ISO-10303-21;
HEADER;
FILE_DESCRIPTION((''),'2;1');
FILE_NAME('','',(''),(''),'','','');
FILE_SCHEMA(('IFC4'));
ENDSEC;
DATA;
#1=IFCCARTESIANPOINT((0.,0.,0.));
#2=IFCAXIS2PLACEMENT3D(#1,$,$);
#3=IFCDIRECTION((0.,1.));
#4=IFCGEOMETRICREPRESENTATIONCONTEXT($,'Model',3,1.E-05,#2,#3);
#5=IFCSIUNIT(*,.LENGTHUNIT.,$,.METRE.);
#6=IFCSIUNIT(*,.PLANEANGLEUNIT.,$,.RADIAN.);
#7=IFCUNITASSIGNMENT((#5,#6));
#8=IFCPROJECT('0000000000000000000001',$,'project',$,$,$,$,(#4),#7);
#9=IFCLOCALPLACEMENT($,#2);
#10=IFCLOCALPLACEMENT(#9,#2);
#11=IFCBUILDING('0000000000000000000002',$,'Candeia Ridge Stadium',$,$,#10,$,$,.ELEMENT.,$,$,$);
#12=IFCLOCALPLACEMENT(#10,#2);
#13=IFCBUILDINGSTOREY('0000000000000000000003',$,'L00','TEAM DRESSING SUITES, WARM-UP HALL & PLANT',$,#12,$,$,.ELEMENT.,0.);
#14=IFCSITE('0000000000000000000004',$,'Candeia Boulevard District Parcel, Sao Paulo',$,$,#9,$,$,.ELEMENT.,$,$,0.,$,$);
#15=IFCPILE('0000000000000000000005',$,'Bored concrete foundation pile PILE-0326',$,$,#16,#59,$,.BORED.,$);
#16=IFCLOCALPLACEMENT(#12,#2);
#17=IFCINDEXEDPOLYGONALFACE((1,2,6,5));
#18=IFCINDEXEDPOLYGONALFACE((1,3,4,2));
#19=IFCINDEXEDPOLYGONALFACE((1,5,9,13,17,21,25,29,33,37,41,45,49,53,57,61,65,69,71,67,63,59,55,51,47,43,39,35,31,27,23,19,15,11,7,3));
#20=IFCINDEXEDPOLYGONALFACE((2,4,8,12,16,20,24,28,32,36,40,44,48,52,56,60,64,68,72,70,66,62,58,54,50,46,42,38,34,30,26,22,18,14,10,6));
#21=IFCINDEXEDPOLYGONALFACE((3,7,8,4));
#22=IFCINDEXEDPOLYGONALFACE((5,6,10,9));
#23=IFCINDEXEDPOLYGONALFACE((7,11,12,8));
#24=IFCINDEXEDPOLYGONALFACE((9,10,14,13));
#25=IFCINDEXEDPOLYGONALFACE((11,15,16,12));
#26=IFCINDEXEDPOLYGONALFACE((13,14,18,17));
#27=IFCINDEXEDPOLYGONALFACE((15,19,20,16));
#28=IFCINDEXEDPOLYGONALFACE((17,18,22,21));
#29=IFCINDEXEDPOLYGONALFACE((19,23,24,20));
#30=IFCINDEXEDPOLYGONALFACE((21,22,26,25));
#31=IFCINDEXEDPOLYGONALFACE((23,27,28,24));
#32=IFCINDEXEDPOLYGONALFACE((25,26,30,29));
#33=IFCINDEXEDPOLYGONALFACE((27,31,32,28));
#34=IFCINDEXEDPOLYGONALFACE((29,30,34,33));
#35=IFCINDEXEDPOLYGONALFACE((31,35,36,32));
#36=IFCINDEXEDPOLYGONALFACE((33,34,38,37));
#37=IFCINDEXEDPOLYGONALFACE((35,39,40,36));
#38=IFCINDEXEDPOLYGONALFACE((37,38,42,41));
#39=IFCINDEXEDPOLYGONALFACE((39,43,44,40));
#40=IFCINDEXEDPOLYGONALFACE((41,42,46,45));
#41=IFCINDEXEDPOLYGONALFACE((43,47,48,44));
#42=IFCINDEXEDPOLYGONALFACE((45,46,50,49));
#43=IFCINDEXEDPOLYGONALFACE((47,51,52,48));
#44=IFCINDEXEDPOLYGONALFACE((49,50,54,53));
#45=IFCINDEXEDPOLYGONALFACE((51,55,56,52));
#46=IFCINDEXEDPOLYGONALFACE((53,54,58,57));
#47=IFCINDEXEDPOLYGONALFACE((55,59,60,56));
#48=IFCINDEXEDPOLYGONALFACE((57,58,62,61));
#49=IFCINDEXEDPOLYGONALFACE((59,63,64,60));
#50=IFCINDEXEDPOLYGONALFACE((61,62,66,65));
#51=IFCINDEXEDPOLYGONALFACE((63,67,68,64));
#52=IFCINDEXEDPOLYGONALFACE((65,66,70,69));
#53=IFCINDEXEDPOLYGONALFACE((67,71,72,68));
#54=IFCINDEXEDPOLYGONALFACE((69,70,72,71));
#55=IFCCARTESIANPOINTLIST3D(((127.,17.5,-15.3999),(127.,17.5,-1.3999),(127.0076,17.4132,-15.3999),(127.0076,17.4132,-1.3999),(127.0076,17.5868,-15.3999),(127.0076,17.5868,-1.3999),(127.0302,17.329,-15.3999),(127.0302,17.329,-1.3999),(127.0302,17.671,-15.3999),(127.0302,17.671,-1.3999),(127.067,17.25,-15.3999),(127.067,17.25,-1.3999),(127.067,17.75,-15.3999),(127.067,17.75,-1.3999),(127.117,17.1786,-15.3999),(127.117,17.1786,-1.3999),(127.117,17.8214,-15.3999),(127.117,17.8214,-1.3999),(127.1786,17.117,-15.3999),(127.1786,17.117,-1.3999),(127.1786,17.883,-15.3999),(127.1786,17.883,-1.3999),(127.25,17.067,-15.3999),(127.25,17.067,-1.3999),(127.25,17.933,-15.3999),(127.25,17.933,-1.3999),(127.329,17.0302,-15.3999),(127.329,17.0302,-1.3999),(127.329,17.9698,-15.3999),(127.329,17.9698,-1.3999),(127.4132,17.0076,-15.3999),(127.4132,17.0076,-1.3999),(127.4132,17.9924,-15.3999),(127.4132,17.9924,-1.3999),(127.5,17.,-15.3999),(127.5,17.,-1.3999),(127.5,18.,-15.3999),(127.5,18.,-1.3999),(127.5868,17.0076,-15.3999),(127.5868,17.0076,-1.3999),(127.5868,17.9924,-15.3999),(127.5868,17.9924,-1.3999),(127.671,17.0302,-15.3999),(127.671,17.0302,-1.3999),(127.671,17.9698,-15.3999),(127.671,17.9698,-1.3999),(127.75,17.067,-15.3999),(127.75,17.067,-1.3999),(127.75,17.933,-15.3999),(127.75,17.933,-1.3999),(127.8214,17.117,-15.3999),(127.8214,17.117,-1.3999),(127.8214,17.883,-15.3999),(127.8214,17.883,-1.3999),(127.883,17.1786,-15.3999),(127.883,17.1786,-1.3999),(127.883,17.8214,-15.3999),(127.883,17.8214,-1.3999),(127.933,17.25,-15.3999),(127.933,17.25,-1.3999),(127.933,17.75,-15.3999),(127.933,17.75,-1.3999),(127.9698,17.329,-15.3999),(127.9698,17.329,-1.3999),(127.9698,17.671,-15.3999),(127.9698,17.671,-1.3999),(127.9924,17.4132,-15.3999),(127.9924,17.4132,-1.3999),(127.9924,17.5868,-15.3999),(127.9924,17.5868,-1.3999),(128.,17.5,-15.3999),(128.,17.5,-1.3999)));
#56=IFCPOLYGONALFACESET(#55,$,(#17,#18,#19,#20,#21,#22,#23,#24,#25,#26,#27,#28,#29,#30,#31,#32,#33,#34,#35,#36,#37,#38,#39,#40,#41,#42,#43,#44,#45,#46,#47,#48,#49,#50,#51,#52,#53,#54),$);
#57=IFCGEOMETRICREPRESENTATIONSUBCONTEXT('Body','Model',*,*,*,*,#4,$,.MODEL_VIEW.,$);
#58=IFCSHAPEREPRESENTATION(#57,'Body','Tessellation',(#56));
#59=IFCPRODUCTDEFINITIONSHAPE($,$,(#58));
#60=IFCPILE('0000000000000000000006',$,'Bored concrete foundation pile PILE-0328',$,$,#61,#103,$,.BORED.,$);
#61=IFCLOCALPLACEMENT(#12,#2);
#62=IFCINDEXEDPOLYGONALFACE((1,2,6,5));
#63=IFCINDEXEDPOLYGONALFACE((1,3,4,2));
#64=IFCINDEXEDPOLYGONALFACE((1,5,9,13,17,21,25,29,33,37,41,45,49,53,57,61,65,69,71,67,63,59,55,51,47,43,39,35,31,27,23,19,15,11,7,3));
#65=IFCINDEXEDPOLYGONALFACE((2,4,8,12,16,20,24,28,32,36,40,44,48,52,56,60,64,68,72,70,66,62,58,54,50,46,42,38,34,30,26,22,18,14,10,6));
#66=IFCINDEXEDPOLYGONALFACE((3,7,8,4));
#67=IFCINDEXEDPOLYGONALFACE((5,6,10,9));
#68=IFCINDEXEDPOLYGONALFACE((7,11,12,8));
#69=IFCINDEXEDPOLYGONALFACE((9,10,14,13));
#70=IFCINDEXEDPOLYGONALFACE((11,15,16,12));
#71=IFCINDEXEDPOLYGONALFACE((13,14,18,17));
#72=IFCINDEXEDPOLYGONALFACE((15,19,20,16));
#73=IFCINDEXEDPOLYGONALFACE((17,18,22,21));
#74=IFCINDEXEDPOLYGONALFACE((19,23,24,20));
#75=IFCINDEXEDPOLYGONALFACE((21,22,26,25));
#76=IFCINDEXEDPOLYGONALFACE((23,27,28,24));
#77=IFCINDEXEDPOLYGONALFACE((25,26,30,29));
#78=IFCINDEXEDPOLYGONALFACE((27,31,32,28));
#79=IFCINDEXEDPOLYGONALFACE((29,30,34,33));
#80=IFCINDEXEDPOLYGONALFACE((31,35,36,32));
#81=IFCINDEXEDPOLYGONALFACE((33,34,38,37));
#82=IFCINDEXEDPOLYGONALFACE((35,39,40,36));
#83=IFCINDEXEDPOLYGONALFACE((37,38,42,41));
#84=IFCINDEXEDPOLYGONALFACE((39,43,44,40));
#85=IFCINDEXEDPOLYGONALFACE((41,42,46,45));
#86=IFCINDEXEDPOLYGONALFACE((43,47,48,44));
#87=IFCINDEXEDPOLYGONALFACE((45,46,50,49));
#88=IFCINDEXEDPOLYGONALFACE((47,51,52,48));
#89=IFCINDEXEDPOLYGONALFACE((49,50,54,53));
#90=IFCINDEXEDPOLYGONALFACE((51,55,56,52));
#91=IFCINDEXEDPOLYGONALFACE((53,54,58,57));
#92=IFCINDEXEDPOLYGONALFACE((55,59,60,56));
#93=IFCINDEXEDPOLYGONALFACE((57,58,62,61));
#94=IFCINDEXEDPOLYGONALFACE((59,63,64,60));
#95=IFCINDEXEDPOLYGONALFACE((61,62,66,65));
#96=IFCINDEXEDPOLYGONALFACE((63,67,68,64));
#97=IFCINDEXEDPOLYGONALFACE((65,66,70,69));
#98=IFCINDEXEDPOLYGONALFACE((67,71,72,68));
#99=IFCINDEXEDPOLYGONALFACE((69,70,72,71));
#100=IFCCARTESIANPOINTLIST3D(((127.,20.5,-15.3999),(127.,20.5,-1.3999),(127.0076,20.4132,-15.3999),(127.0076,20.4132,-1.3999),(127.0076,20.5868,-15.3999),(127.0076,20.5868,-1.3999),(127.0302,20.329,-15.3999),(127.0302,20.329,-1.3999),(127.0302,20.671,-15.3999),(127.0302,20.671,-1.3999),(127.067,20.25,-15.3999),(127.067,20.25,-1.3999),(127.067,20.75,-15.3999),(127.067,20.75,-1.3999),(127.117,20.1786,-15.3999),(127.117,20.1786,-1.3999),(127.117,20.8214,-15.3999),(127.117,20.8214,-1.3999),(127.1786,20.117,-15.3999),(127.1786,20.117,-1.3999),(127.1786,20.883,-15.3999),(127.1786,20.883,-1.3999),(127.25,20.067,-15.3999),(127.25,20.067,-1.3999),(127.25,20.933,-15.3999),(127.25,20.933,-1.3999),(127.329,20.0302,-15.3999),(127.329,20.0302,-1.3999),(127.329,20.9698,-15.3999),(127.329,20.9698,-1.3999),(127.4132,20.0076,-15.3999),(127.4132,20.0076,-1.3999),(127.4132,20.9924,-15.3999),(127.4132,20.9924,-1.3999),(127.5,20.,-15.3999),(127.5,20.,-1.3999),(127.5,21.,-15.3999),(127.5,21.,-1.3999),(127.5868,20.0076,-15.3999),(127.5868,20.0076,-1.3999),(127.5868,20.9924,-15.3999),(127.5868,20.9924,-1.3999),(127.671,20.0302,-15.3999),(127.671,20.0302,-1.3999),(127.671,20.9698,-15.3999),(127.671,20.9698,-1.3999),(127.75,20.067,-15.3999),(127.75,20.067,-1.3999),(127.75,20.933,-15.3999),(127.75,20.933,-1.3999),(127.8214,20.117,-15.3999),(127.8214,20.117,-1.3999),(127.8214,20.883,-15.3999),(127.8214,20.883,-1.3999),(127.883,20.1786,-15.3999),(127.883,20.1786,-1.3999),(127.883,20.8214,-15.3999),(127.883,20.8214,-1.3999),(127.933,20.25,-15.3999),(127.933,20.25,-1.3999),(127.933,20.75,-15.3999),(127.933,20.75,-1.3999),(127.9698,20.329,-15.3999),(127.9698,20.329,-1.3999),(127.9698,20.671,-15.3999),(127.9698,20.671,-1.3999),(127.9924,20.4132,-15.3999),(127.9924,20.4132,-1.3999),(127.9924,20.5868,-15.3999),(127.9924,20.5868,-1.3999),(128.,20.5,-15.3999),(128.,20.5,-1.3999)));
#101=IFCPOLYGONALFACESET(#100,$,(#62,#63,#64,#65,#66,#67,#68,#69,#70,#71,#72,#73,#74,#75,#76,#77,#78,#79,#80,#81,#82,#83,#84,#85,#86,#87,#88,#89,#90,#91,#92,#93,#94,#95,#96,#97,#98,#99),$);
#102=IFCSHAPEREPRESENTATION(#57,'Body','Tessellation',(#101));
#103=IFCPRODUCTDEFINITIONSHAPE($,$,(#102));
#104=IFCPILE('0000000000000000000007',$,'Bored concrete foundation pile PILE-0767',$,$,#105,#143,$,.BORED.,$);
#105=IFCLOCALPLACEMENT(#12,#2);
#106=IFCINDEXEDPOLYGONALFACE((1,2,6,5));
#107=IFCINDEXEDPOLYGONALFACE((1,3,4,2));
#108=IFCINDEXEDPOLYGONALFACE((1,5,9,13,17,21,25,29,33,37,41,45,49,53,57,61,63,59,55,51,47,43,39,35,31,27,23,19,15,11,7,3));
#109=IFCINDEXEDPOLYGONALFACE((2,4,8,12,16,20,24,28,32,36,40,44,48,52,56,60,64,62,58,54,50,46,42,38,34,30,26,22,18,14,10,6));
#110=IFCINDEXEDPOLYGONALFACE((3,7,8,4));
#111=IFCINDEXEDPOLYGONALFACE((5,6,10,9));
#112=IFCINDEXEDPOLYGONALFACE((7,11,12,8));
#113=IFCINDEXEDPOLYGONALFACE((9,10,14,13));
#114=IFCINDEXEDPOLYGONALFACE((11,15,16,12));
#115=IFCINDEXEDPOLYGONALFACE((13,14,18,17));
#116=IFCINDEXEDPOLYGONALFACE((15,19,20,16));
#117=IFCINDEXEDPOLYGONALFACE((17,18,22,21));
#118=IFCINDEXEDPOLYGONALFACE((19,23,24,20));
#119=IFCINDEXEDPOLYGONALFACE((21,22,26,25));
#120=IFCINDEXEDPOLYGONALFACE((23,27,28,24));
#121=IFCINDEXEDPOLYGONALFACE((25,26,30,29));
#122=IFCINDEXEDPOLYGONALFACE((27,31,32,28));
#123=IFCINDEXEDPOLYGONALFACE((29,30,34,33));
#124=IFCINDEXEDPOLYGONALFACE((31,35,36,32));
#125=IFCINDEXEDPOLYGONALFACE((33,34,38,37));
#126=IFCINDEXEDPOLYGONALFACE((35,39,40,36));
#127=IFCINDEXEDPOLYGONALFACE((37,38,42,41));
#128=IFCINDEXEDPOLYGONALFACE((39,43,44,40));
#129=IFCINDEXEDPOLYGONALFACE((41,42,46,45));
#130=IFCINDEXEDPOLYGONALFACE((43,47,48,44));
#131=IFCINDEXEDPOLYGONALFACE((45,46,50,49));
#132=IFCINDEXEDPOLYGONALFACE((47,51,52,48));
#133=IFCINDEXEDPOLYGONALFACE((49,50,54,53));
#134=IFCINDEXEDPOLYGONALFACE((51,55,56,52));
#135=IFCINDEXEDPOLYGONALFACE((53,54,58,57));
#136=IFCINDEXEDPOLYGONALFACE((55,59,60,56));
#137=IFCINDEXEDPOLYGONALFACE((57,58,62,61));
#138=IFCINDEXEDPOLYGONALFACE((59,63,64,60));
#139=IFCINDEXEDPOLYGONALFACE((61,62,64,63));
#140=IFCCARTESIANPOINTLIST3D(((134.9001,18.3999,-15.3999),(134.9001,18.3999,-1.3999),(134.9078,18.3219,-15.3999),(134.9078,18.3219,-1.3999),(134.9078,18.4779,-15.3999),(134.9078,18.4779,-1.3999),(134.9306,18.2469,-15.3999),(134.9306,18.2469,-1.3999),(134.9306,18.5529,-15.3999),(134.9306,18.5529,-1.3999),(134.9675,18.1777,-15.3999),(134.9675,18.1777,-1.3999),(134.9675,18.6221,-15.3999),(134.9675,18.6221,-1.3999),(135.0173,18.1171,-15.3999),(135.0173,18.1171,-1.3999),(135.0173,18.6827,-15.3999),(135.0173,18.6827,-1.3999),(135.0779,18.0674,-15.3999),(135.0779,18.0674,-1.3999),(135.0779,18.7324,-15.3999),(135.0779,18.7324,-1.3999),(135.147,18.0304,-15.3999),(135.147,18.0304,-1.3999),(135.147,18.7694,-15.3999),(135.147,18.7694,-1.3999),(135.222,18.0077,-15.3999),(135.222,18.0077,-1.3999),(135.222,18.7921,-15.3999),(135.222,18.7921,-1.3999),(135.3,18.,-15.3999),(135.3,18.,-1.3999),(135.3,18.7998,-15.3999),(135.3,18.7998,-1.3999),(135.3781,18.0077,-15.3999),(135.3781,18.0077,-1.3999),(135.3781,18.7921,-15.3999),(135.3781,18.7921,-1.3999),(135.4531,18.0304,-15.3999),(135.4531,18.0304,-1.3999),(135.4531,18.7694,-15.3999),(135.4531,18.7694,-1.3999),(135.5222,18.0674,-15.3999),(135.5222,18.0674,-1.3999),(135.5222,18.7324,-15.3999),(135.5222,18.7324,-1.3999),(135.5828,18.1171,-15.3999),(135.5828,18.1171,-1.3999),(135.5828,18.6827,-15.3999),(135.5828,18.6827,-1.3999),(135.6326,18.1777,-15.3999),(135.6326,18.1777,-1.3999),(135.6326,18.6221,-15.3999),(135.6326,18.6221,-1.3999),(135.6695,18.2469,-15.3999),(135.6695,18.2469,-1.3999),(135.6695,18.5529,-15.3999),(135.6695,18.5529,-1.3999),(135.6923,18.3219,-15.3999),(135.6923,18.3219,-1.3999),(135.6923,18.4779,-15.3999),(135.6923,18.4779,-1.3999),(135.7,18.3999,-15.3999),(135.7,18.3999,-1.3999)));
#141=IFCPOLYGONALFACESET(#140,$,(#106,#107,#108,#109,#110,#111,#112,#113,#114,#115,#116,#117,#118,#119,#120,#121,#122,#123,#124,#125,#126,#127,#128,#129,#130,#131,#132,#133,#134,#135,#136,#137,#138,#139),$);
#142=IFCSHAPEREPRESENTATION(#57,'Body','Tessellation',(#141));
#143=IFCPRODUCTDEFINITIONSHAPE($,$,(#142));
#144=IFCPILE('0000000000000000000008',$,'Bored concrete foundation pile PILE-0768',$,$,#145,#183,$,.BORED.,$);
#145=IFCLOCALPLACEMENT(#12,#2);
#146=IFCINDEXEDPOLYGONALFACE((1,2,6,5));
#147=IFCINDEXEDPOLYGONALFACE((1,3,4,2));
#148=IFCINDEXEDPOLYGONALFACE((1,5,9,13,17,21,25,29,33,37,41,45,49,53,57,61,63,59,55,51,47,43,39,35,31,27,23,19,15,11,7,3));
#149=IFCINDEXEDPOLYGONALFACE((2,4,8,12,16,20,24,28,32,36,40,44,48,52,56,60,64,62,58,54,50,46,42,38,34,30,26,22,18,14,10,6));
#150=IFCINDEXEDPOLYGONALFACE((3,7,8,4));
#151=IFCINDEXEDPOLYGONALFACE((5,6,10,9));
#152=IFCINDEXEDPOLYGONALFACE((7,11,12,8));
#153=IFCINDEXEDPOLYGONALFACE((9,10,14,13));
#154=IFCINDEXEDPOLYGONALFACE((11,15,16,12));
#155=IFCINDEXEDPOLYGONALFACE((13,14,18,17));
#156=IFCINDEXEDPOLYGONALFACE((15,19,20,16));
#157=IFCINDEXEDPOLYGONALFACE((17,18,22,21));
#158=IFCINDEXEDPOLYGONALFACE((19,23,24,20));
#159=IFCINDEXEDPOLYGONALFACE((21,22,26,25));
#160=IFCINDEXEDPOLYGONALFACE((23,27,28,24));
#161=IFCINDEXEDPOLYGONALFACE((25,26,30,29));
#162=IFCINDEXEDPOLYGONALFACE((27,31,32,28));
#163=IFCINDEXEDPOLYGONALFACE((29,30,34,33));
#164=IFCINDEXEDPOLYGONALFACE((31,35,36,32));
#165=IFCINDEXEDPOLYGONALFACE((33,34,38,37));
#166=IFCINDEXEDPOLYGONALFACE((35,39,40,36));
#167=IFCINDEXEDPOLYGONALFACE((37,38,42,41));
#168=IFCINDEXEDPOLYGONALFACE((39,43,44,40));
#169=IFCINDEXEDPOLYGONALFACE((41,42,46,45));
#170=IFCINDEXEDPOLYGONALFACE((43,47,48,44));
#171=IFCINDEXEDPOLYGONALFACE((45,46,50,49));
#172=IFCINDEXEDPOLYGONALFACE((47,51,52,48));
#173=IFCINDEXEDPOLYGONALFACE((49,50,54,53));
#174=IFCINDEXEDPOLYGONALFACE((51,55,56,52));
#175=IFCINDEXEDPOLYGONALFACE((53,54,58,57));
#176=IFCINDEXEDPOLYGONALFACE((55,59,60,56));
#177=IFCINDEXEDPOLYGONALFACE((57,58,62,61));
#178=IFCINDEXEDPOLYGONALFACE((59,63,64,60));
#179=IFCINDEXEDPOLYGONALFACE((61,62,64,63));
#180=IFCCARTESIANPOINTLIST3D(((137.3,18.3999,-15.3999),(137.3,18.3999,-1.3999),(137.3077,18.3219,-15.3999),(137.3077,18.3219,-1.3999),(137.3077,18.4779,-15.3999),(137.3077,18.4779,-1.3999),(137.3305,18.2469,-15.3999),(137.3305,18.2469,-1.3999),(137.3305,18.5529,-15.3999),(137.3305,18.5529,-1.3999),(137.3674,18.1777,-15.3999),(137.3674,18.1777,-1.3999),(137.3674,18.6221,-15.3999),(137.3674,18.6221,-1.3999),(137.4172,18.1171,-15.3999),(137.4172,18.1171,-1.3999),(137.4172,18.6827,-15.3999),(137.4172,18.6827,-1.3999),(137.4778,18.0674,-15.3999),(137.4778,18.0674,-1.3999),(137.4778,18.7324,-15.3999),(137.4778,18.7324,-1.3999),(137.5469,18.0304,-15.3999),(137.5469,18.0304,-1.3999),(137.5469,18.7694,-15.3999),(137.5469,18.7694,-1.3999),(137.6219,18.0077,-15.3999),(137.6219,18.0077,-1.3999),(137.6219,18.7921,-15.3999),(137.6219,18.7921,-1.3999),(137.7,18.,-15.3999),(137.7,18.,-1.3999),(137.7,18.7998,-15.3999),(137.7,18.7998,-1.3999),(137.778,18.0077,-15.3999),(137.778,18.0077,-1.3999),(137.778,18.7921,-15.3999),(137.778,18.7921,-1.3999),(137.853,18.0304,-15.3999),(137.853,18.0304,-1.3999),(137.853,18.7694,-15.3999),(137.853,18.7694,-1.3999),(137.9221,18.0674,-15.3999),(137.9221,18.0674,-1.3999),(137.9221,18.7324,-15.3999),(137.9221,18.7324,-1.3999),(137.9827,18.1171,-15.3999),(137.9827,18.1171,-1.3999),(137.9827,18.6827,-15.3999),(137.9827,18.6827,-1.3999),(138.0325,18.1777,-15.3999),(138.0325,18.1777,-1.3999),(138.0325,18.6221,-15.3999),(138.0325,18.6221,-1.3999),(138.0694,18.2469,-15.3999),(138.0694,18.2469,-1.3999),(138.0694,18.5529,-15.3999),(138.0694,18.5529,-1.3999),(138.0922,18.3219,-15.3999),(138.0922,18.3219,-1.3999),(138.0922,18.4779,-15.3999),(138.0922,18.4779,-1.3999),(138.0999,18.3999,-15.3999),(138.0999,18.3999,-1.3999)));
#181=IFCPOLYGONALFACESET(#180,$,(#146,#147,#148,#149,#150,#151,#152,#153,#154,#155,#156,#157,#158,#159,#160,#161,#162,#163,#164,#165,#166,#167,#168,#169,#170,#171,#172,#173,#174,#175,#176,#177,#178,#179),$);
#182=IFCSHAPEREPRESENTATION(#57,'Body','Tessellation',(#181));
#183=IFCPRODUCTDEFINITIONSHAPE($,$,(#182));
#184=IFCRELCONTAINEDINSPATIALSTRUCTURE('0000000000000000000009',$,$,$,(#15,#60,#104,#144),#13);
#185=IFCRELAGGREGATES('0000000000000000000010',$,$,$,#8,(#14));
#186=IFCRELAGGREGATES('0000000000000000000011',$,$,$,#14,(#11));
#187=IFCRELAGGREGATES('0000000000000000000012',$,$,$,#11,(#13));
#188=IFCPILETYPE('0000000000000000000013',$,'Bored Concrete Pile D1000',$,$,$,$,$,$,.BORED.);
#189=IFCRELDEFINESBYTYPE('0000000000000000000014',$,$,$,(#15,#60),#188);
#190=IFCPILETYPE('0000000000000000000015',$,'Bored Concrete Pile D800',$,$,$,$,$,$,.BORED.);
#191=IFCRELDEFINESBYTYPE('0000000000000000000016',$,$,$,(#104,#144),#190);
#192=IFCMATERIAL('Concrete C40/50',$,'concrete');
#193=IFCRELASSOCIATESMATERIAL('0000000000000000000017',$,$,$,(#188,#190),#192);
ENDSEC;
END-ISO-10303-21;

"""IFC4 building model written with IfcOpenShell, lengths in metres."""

from ifc_helpers import new_model, si_unit, direction, frame, origin, origin_2d, place, context, subcontext, project, spatial, circle, extrude, material, material_profile, profile_set, type_object, element, save


model = new_model("IFC4")

# Units and contexts
model_context = context("Model", 3, precision=1e-05, world=origin(), true_north=direction((0.0, 1.0)))
body_context = subcontext(model_context, "Body", "Model", "MODEL_VIEW")
ifc_project = project(units=[si_unit("LENGTHUNIT", "METRE"), si_unit("PLANEANGLEUNIT", "RADIAN")], contexts=[model_context])

# Site, building, storey
site_placement = place(None, origin())
site = spatial("IfcSite", under=ifc_project, at=site_placement, Name="Candeia Boulevard District Parcel, Sao Paulo", CompositionType="ELEMENT", RefElevation=0.0)
building_placement = place(site_placement, origin())
building = spatial("IfcBuilding", under=site, at=building_placement, Name="Candeia Ridge Stadium", CompositionType="ELEMENT")
storey_placement = place(building_placement, origin())
storey = spatial("IfcBuildingStorey", under=building, at=storey_placement, Name="L00", Description="TEAM DRESSING SUITES, WARM-UP HALL & PLANT", CompositionType="ELEMENT", Elevation=0.0)

# Piles
ifc_material_1 = material(Name="Concrete C40/50", Category="concrete")
ifc_material_profile_1 = material_profile(ifc_material_1, circle(Radius=0.5, at=origin_2d()), Name="PILE-D1000", Category="concrete")
ifc_profile_set_1 = profile_set([ifc_material_profile_1], Name="Concrete C40/50")
pile_type_1 = type_object("IfcPileType", Name="Bored Concrete Pile D1000", PredefinedType="BORED", material=ifc_profile_set_1)
for number, where, z_axis, x_axis, name in (
    (1, (127.5, 17.5, -1.3999), (0.0, 0.0, -1.0), (1.0, 0.0, 0.0), "Bored concrete foundation pile PILE-0326"),
    (2, (127.5, 20.5, -1.3999), (0.0, 0.0, -1.0), (1.0, 0.0, 0.0), "Bored concrete foundation pile PILE-0328"),
):
    element("IfcPile", number, at=place(storey_placement, frame(where, z_axis=z_axis, x_axis=x_axis)), inside=storey, type_object=pile_type_1, Name=name, PredefinedType="BORED", context=body_context, shape_type="SweptSolid", body=[
        extrude(circle(Radius=0.5, at=origin_2d()), origin(), (0.0, 0.0, 1.0), 14.0),
    ])
ifc_material_profile_2 = material_profile(ifc_material_1, circle(Radius=0.3999, at=origin_2d()), Name="PILE-D800", Category="concrete")
ifc_profile_set_2 = profile_set([ifc_material_profile_2], Name="Concrete C40/50")
pile_type_2 = type_object("IfcPileType", Name="Bored Concrete Pile D800", PredefinedType="BORED", material=ifc_profile_set_2)
for number, where, z_axis, x_axis, name in (
    (3, (135.3, 18.3999, -1.3999), (0.0, 0.0, -1.0), (1.0, 0.0, 0.0), "Bored concrete foundation pile PILE-0767"),
    (4, (137.7, 18.3999, -1.3999), (0.0, 0.0, -1.0), (1.0, 0.0, 0.0), "Bored concrete foundation pile PILE-0768"),
):
    element("IfcPile", number, at=place(storey_placement, frame(where, z_axis=z_axis, x_axis=x_axis)), inside=storey, type_object=pile_type_2, Name=name, PredefinedType="BORED", context=body_context, shape_type="SweptSolid", body=[
        extrude(circle(Radius=0.3999, at=origin_2d()), origin(), (0.0, 0.0, 1.0), 14.0),
    ])

save(model, "model.ifc")
